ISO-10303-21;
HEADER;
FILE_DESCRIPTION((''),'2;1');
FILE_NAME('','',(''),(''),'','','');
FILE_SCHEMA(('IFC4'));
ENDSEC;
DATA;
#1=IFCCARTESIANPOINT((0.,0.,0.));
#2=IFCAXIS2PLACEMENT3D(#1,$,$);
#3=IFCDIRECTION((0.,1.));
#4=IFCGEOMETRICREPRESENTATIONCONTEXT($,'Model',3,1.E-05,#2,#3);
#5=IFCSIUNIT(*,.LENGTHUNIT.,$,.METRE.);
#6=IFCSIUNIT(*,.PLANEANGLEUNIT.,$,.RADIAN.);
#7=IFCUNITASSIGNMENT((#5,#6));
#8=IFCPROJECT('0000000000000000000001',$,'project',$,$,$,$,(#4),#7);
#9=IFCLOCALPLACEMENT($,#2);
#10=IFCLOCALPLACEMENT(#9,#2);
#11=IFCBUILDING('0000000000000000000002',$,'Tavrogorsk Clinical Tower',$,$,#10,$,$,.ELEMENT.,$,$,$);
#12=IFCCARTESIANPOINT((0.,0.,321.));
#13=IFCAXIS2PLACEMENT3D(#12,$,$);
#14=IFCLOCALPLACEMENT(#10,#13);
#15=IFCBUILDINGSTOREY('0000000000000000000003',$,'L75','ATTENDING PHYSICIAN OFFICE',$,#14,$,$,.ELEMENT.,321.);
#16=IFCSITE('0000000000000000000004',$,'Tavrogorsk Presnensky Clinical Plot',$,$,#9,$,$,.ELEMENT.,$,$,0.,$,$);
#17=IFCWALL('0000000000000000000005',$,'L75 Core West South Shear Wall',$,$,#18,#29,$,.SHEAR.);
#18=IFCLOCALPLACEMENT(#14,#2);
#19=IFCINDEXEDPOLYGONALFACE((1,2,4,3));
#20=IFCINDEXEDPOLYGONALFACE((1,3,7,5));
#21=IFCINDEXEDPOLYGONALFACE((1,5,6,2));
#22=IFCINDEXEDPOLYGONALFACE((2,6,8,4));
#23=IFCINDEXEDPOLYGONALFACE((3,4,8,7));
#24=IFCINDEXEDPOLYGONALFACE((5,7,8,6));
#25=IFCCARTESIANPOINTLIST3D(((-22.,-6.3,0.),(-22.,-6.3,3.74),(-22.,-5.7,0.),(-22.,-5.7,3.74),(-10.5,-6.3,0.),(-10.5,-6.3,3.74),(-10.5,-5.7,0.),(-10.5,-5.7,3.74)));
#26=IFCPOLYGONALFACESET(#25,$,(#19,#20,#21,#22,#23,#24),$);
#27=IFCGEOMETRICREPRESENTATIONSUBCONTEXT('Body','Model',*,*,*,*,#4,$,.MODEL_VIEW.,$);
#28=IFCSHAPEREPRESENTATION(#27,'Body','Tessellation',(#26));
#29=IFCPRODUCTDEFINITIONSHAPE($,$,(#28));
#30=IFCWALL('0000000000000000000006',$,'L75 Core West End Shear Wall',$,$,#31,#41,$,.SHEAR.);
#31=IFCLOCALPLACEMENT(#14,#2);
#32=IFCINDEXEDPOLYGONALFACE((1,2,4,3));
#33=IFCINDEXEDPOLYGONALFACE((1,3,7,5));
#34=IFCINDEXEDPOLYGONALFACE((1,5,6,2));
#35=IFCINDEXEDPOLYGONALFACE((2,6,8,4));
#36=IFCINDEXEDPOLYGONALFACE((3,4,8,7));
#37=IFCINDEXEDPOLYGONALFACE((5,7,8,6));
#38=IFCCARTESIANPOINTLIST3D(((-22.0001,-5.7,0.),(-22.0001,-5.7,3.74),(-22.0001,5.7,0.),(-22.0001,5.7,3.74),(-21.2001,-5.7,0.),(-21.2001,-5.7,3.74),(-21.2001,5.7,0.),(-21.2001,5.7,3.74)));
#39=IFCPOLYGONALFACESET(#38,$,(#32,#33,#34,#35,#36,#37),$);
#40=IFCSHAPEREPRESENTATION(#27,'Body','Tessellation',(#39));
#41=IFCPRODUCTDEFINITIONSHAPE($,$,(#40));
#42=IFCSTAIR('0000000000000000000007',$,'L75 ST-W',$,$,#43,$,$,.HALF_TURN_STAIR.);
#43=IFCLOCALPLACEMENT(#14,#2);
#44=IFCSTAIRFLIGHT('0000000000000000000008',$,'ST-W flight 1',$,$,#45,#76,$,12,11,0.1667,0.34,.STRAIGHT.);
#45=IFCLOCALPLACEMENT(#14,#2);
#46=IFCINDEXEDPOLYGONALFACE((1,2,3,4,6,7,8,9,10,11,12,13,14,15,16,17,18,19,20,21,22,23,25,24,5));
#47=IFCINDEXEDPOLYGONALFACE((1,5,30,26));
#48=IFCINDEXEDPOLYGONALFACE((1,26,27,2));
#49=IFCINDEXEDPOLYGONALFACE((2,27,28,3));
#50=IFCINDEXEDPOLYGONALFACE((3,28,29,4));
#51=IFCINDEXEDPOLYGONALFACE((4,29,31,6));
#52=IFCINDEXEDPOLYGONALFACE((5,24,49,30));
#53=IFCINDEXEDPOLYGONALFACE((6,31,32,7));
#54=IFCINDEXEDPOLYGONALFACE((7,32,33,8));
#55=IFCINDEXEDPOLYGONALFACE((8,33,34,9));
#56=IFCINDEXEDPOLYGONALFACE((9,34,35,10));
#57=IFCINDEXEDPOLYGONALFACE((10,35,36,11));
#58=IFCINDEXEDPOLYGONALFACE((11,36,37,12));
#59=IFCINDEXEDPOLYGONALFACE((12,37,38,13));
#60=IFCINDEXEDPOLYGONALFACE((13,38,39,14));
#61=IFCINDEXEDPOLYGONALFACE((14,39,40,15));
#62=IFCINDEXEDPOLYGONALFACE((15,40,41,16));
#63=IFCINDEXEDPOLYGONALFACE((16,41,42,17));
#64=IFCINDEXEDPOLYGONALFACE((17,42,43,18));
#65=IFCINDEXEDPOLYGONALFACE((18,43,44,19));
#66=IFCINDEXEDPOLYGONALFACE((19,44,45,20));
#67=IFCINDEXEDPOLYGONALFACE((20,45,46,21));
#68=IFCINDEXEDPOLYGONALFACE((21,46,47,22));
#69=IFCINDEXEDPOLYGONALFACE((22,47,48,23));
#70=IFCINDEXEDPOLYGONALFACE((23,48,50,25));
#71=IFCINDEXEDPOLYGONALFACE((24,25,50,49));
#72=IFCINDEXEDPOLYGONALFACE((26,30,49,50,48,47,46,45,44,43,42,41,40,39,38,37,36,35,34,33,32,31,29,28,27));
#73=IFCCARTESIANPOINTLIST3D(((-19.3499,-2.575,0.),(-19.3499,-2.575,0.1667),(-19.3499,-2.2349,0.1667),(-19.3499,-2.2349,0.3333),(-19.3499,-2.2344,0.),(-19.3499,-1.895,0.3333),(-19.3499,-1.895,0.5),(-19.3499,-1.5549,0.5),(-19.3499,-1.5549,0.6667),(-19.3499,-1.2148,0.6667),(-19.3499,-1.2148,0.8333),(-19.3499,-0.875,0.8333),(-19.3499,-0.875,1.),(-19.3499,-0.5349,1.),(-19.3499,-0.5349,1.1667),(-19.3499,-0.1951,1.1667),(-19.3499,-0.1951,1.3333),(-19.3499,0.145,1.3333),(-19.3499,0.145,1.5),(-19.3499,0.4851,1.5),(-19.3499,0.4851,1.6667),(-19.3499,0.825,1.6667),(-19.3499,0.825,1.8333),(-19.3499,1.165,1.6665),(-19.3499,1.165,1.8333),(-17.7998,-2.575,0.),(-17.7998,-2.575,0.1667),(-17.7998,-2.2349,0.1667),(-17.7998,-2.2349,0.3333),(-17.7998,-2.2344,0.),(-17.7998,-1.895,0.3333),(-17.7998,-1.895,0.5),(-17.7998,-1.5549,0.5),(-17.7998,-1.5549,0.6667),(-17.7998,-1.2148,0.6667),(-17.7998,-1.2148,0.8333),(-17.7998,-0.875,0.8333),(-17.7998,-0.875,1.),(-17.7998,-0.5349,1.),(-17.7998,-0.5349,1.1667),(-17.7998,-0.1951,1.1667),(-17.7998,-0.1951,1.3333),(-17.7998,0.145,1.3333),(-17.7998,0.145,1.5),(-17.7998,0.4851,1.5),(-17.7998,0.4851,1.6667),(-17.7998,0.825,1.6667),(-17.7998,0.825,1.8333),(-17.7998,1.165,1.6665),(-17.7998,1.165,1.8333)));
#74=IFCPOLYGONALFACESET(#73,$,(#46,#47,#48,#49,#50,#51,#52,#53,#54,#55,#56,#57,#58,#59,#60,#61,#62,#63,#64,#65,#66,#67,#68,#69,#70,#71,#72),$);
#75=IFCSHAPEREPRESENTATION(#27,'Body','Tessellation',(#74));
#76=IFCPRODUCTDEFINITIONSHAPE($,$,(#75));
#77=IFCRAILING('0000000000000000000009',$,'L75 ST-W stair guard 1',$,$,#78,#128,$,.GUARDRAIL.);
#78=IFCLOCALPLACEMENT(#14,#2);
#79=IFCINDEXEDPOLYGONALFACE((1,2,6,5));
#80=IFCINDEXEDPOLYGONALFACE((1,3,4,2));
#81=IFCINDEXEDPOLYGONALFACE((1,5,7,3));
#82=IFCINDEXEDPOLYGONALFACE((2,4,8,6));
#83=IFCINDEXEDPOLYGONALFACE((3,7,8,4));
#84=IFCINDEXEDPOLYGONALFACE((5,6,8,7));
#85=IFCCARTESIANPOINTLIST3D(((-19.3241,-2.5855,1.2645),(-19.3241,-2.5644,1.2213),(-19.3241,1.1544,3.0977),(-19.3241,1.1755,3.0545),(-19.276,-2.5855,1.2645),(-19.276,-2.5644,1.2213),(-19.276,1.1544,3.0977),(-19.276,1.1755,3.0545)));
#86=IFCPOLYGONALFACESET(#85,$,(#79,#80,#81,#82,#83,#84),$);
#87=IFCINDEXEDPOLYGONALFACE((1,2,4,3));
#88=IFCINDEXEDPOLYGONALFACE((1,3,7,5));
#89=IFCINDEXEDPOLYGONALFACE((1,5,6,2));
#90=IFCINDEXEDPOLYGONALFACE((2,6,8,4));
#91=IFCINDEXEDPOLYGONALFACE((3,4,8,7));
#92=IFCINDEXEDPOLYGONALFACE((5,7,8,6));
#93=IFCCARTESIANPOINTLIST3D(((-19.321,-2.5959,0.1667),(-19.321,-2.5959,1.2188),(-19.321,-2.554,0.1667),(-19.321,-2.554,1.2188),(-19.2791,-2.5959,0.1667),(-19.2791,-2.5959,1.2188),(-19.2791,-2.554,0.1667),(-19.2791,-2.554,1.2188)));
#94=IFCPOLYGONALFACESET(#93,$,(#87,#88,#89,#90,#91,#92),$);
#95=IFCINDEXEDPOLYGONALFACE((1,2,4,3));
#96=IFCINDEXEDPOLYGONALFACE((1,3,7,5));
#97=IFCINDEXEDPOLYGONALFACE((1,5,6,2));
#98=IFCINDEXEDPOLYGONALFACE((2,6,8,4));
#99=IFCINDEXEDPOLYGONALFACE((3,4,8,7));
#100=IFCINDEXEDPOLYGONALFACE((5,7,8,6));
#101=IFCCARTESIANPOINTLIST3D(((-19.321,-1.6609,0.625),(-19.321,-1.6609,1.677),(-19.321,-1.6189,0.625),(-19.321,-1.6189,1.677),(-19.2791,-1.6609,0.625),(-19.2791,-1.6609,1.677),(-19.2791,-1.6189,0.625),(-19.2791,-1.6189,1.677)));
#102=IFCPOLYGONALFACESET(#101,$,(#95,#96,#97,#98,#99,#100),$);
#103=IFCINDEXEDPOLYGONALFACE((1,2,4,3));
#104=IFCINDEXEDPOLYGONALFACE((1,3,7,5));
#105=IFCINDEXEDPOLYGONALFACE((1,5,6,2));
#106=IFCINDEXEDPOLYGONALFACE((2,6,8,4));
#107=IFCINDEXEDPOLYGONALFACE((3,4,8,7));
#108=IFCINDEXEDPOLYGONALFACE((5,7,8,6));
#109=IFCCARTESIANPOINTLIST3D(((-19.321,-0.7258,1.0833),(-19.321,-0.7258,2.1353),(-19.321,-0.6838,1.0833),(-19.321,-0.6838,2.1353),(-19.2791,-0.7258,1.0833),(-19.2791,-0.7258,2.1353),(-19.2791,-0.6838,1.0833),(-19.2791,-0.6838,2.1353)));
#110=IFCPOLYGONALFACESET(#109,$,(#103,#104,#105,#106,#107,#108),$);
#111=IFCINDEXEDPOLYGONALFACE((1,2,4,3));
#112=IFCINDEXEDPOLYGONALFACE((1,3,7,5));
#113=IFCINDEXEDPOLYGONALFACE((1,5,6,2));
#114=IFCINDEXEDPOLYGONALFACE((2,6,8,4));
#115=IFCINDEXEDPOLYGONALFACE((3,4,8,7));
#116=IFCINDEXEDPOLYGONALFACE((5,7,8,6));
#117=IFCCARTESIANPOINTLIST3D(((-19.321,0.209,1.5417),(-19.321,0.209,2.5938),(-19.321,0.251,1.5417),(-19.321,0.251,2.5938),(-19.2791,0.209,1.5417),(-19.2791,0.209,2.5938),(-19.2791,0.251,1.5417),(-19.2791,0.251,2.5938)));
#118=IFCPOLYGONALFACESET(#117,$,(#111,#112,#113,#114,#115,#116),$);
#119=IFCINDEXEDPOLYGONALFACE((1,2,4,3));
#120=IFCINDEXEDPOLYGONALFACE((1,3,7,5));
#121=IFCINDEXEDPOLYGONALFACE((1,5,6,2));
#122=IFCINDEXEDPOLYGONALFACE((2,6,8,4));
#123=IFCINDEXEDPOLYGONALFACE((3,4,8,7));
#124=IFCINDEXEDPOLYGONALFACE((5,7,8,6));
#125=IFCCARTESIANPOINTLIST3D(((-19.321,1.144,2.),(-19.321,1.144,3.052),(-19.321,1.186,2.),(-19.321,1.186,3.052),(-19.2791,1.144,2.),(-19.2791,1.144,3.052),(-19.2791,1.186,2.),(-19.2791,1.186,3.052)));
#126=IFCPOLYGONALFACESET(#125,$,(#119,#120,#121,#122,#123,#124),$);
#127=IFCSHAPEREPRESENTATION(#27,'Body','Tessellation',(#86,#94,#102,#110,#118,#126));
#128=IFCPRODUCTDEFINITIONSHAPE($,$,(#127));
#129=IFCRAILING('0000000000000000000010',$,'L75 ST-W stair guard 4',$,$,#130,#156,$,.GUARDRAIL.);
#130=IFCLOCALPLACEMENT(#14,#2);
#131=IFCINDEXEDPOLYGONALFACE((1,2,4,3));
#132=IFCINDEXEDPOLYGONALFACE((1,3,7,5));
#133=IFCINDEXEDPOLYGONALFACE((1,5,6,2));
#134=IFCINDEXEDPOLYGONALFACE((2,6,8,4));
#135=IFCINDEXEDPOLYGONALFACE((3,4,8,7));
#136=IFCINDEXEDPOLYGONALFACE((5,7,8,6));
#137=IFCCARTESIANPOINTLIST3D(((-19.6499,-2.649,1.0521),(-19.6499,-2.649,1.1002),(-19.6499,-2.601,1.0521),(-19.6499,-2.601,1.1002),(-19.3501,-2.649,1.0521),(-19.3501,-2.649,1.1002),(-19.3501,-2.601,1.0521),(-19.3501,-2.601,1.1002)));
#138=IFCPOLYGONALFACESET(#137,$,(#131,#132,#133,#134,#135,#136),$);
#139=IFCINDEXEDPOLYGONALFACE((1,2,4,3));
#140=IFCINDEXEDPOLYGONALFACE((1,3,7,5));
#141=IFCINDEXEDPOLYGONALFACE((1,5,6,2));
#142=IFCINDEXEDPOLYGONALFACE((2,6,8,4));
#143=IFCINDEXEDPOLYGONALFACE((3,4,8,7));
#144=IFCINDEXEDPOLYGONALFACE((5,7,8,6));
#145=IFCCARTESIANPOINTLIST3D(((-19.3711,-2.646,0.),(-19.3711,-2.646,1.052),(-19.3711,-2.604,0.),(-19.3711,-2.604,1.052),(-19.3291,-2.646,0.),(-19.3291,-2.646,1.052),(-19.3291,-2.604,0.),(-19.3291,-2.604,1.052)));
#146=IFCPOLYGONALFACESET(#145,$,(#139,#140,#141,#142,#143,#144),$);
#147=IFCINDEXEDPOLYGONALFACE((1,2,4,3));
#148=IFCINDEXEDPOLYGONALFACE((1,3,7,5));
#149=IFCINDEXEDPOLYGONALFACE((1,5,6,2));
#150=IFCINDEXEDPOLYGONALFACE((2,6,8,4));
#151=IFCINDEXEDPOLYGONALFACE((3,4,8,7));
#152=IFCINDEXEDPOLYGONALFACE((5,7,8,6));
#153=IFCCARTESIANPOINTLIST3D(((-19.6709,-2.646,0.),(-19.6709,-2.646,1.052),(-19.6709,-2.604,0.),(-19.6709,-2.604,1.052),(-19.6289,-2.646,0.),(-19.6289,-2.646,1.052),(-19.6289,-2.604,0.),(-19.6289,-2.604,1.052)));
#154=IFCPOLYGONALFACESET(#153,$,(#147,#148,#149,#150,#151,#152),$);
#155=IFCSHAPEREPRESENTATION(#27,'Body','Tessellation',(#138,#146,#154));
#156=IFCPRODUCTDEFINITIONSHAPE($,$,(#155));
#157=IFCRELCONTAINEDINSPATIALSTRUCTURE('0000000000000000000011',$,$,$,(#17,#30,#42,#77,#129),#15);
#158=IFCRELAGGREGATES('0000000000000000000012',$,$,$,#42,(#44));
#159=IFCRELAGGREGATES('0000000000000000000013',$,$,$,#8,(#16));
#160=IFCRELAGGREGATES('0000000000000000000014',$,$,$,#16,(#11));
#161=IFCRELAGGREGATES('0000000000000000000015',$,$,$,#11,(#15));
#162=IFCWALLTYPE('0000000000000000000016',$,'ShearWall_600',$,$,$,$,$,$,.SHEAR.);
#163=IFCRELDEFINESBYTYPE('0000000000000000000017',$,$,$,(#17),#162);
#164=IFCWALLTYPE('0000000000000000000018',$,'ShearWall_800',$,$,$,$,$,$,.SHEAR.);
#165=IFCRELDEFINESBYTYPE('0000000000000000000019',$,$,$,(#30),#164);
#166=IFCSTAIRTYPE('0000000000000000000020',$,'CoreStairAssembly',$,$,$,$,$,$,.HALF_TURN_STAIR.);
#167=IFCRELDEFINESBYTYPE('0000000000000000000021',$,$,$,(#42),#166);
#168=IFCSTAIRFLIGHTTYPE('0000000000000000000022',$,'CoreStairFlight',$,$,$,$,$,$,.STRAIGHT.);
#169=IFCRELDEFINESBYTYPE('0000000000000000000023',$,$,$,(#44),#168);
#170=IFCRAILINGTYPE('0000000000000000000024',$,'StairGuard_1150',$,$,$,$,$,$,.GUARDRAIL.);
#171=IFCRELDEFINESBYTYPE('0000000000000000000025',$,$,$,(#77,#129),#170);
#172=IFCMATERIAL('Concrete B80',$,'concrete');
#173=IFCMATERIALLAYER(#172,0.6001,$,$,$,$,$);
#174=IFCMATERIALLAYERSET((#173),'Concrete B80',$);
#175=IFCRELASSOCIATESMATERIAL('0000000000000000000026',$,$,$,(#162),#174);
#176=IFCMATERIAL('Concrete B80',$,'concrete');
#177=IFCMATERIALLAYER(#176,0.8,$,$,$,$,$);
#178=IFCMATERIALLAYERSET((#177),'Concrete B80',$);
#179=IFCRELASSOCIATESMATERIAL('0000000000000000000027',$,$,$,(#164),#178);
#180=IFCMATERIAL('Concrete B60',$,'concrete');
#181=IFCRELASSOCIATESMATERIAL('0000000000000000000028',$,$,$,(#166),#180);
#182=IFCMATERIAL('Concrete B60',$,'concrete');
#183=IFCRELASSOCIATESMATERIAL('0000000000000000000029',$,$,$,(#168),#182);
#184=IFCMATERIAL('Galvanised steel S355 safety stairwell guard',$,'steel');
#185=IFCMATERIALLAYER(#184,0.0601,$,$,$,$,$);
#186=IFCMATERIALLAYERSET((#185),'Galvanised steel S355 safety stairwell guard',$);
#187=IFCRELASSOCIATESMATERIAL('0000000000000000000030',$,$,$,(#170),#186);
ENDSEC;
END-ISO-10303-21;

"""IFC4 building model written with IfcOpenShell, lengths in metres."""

from ifc_helpers import new_model, si_unit, direction, frame, frame_2d, origin, origin_2d, place, context, subcontext, project, spatial, polyline, rectangle, outline, extrude, material, layer, layer_set, type_object, element, aggregate, save


model = new_model("IFC4")

# Units and contexts
model_context = context("Model", 3, precision=1e-05, world=origin(), true_north=direction((0.0, 1.0)))
body_context = subcontext(model_context, "Body", "Model", "MODEL_VIEW")
ifc_project = project(units=[si_unit("LENGTHUNIT", "METRE"), si_unit("PLANEANGLEUNIT", "RADIAN")], contexts=[model_context])

# Site, building, storey
site_placement = place(None, origin())
site = spatial("IfcSite", under=ifc_project, at=site_placement, Name="Tavrogorsk Presnensky Clinical Plot", CompositionType="ELEMENT", RefElevation=0.0)
building_placement = place(site_placement, origin())
building = spatial("IfcBuilding", under=site, at=building_placement, Name="Tavrogorsk Clinical Tower", CompositionType="ELEMENT")
storey_placement = place(building_placement, frame((0.0, 0.0, 321.0)))
storey = spatial("IfcBuildingStorey", under=building, at=storey_placement, Name="L75", Description="ATTENDING PHYSICIAN OFFICE", CompositionType="ELEMENT", Elevation=321.0)

# Walls
ifc_material_1 = material(Name="Concrete B80", Category="concrete")
ifc_layer_1 = layer(ifc_material_1, 0.6001)
ifc_layer_set_1 = layer_set([ifc_layer_1], Name="Concrete B80")
wall_type_1 = type_object("IfcWallType", Name="ShearWall_600", PredefinedType="SHEAR", material=ifc_layer_set_1)
wall_1_placement = place(storey_placement, frame((-22.0, -6.0, 0.0), z_axis=(0.0, 0.0, 1.0), x_axis=(1.0, 0.0, 0.0)))
element("IfcWall", 1, at=wall_1_placement, inside=storey, type_object=wall_type_1, Name="L75 Core West South Shear Wall", PredefinedType="SHEAR", context=body_context, shape_type="SweptSolid", body=[
    extrude(rectangle(XDim=11.5, YDim=0.6001, at=frame_2d((5.75, 0.0))), origin(), (0.0, 0.0, 1.0), 3.74),
])
ifc_material_2 = material(Name="Concrete B80", Category="concrete")
ifc_layer_2 = layer(ifc_material_2, 0.8)
ifc_layer_set_2 = layer_set([ifc_layer_2], Name="Concrete B80")
wall_type_2 = type_object("IfcWallType", Name="ShearWall_800", PredefinedType="SHEAR", material=ifc_layer_set_2)
wall_2_placement = place(storey_placement, frame((-21.6001, -5.7, 0.0), z_axis=(0.0, 0.0, 1.0), x_axis=(0.0, 1.0, 0.0)))
element("IfcWall", 2, at=wall_2_placement, inside=storey, type_object=wall_type_2, Name="L75 Core West End Shear Wall", PredefinedType="SHEAR", context=body_context, shape_type="SweptSolid", body=[
    extrude(rectangle(XDim=11.3999, YDim=0.8, at=frame_2d((5.7, 0.0))), origin(), (0.0, 0.0, 1.0), 3.74),
])

# Stair, stair flight
ifc_material_3 = material(Name="Concrete B60", Category="concrete")
stair_type = type_object("IfcStairType", Name="CoreStairAssembly", PredefinedType="HALF_TURN_STAIR", material=ifc_material_3)
stair_placement = place(storey_placement, origin())
stair = element("IfcStair", 3, at=stair_placement, inside=storey, type_object=stair_type, Name="L75 ST-W", PredefinedType="HALF_TURN_STAIR")
ifc_material_4 = material(Name="Concrete B60", Category="concrete")
stair_flight_type = type_object("IfcStairFlightType", Name="CoreStairFlight", PredefinedType="STRAIGHT", material=ifc_material_4)
stair_flight_placement = place(storey_placement, frame((-18.575, -2.575, 0.0), z_axis=(0.0, 0.0, 1.0), x_axis=(0.0, 1.0, 0.0)))
stair_flight = element("IfcStairFlight", 4, at=stair_flight_placement, type_object=stair_flight_type, Name="ST-W flight 1", NumberOfRisers=12, NumberOfTreads=11, PredefinedType="STRAIGHT", RiserHeight=0.1667, TreadLength=0.34, context=body_context, shape_type="SweptSolid", body=[
    extrude(outline(polyline([(0.0, 0.0), (0.0, 0.1667), (0.3401, 0.1667), (0.3401, 0.3333), (0.6799, 0.3333), (0.6799, 0.5), (1.02, 0.5), (1.02, 0.6667), (1.3601, 0.6667), (1.3601, 0.8333), (1.7, 0.8333), (1.7, 1.0), (2.04, 1.0), (2.04, 1.1667), (2.3799, 1.1667), (2.3799, 1.3333), (2.72, 1.3333), (2.72, 1.5), (3.0601, 1.5), (3.0601, 1.6667), (3.3999, 1.6667), (3.3999, 1.8333), (3.74, 1.8333), (3.74, 2.0), (3.74, 1.6665), (0.3406, 0.0), (0.0, 0.0)])), frame((0.0, 0.7749, 0.0), z_axis=(0.0, -1.0, 0.0), x_axis=(1.0, 0.0, 0.0)), (0.0, 0.0, 1.0), 1.55),
])
aggregate(stair, [stair_flight])

# Railings
ifc_material_5 = material(Name="Galvanised steel S355 safety stairwell guard", Category="steel")
ifc_layer_3 = layer(ifc_material_5, 0.0601)
ifc_layer_set_3 = layer_set([ifc_layer_3], Name="Galvanised steel S355 safety stairwell guard")
railing_type = type_object("IfcRailingType", Name="StairGuard_1150", PredefinedType="GUARDRAIL", material=ifc_layer_set_3)
railing_1_placement = place(storey_placement, frame((-19.3, -2.575, 0.1667)))
element("IfcRailing", 5, at=railing_1_placement, inside=storey, type_object=railing_type, Name="L75 ST-W stair guard 1", PredefinedType="GUARDRAIL", context=body_context, shape_type="SweptSolid", body=[
    extrude(rectangle(XDim=0.0481, YDim=0.0481, at=origin_2d()), frame((0.0, 0.0, 1.0762), z_axis=(0.0, 0.897928, 0.440142), x_axis=(-1.0, 0.0, 0.0)), (0.0, 0.0, 1.0), 4.165),
    extrude(rectangle(XDim=0.042, YDim=0.042, at=origin_2d()), origin(), (0.0, 0.0, 1.0), 1.052),
    extrude(rectangle(XDim=0.042, YDim=0.042, at=origin_2d()), frame((0.0, 0.9351, 0.4583)), (0.0, 0.0, 1.0), 1.052),
    extrude(rectangle(XDim=0.042, YDim=0.042, at=origin_2d()), frame((0.0, 1.8701, 0.9165)), (0.0, 0.0, 1.0), 1.052),
    extrude(rectangle(XDim=0.042, YDim=0.042, at=origin_2d()), frame((0.0, 2.8049, 1.375)), (0.0, 0.0, 1.0), 1.052),
    extrude(rectangle(XDim=0.042, YDim=0.042, at=origin_2d()), frame((0.0, 3.74, 1.8333)), (0.0, 0.0, 1.0), 1.052),
])
railing_2_placement = place(storey_placement, frame((-19.3501, -2.625, 0.0)))
element("IfcRailing", 6, at=railing_2_placement, inside=storey, type_object=railing_type, Name="L75 ST-W stair guard 4", PredefinedType="GUARDRAIL", context=body_context, shape_type="SweptSolid", body=[
    extrude(rectangle(XDim=0.0481, YDim=0.0481, at=origin_2d()), frame((0.0, 0.0, 1.0762), z_axis=(-1.0, 0.0, 0.0), x_axis=(0.0, -1.0, 0.0)), (0.0, 0.0, 1.0), 0.2998),
    extrude(rectangle(XDim=0.042, YDim=0.042, at=origin_2d()), origin(), (0.0, 0.0, 1.0), 1.052),
    extrude(rectangle(XDim=0.042, YDim=0.042, at=origin_2d()), frame((-0.2998, 0.0, 0.0)), (0.0, 0.0, 1.0), 1.052),
])

save(model, "model.ifc")
